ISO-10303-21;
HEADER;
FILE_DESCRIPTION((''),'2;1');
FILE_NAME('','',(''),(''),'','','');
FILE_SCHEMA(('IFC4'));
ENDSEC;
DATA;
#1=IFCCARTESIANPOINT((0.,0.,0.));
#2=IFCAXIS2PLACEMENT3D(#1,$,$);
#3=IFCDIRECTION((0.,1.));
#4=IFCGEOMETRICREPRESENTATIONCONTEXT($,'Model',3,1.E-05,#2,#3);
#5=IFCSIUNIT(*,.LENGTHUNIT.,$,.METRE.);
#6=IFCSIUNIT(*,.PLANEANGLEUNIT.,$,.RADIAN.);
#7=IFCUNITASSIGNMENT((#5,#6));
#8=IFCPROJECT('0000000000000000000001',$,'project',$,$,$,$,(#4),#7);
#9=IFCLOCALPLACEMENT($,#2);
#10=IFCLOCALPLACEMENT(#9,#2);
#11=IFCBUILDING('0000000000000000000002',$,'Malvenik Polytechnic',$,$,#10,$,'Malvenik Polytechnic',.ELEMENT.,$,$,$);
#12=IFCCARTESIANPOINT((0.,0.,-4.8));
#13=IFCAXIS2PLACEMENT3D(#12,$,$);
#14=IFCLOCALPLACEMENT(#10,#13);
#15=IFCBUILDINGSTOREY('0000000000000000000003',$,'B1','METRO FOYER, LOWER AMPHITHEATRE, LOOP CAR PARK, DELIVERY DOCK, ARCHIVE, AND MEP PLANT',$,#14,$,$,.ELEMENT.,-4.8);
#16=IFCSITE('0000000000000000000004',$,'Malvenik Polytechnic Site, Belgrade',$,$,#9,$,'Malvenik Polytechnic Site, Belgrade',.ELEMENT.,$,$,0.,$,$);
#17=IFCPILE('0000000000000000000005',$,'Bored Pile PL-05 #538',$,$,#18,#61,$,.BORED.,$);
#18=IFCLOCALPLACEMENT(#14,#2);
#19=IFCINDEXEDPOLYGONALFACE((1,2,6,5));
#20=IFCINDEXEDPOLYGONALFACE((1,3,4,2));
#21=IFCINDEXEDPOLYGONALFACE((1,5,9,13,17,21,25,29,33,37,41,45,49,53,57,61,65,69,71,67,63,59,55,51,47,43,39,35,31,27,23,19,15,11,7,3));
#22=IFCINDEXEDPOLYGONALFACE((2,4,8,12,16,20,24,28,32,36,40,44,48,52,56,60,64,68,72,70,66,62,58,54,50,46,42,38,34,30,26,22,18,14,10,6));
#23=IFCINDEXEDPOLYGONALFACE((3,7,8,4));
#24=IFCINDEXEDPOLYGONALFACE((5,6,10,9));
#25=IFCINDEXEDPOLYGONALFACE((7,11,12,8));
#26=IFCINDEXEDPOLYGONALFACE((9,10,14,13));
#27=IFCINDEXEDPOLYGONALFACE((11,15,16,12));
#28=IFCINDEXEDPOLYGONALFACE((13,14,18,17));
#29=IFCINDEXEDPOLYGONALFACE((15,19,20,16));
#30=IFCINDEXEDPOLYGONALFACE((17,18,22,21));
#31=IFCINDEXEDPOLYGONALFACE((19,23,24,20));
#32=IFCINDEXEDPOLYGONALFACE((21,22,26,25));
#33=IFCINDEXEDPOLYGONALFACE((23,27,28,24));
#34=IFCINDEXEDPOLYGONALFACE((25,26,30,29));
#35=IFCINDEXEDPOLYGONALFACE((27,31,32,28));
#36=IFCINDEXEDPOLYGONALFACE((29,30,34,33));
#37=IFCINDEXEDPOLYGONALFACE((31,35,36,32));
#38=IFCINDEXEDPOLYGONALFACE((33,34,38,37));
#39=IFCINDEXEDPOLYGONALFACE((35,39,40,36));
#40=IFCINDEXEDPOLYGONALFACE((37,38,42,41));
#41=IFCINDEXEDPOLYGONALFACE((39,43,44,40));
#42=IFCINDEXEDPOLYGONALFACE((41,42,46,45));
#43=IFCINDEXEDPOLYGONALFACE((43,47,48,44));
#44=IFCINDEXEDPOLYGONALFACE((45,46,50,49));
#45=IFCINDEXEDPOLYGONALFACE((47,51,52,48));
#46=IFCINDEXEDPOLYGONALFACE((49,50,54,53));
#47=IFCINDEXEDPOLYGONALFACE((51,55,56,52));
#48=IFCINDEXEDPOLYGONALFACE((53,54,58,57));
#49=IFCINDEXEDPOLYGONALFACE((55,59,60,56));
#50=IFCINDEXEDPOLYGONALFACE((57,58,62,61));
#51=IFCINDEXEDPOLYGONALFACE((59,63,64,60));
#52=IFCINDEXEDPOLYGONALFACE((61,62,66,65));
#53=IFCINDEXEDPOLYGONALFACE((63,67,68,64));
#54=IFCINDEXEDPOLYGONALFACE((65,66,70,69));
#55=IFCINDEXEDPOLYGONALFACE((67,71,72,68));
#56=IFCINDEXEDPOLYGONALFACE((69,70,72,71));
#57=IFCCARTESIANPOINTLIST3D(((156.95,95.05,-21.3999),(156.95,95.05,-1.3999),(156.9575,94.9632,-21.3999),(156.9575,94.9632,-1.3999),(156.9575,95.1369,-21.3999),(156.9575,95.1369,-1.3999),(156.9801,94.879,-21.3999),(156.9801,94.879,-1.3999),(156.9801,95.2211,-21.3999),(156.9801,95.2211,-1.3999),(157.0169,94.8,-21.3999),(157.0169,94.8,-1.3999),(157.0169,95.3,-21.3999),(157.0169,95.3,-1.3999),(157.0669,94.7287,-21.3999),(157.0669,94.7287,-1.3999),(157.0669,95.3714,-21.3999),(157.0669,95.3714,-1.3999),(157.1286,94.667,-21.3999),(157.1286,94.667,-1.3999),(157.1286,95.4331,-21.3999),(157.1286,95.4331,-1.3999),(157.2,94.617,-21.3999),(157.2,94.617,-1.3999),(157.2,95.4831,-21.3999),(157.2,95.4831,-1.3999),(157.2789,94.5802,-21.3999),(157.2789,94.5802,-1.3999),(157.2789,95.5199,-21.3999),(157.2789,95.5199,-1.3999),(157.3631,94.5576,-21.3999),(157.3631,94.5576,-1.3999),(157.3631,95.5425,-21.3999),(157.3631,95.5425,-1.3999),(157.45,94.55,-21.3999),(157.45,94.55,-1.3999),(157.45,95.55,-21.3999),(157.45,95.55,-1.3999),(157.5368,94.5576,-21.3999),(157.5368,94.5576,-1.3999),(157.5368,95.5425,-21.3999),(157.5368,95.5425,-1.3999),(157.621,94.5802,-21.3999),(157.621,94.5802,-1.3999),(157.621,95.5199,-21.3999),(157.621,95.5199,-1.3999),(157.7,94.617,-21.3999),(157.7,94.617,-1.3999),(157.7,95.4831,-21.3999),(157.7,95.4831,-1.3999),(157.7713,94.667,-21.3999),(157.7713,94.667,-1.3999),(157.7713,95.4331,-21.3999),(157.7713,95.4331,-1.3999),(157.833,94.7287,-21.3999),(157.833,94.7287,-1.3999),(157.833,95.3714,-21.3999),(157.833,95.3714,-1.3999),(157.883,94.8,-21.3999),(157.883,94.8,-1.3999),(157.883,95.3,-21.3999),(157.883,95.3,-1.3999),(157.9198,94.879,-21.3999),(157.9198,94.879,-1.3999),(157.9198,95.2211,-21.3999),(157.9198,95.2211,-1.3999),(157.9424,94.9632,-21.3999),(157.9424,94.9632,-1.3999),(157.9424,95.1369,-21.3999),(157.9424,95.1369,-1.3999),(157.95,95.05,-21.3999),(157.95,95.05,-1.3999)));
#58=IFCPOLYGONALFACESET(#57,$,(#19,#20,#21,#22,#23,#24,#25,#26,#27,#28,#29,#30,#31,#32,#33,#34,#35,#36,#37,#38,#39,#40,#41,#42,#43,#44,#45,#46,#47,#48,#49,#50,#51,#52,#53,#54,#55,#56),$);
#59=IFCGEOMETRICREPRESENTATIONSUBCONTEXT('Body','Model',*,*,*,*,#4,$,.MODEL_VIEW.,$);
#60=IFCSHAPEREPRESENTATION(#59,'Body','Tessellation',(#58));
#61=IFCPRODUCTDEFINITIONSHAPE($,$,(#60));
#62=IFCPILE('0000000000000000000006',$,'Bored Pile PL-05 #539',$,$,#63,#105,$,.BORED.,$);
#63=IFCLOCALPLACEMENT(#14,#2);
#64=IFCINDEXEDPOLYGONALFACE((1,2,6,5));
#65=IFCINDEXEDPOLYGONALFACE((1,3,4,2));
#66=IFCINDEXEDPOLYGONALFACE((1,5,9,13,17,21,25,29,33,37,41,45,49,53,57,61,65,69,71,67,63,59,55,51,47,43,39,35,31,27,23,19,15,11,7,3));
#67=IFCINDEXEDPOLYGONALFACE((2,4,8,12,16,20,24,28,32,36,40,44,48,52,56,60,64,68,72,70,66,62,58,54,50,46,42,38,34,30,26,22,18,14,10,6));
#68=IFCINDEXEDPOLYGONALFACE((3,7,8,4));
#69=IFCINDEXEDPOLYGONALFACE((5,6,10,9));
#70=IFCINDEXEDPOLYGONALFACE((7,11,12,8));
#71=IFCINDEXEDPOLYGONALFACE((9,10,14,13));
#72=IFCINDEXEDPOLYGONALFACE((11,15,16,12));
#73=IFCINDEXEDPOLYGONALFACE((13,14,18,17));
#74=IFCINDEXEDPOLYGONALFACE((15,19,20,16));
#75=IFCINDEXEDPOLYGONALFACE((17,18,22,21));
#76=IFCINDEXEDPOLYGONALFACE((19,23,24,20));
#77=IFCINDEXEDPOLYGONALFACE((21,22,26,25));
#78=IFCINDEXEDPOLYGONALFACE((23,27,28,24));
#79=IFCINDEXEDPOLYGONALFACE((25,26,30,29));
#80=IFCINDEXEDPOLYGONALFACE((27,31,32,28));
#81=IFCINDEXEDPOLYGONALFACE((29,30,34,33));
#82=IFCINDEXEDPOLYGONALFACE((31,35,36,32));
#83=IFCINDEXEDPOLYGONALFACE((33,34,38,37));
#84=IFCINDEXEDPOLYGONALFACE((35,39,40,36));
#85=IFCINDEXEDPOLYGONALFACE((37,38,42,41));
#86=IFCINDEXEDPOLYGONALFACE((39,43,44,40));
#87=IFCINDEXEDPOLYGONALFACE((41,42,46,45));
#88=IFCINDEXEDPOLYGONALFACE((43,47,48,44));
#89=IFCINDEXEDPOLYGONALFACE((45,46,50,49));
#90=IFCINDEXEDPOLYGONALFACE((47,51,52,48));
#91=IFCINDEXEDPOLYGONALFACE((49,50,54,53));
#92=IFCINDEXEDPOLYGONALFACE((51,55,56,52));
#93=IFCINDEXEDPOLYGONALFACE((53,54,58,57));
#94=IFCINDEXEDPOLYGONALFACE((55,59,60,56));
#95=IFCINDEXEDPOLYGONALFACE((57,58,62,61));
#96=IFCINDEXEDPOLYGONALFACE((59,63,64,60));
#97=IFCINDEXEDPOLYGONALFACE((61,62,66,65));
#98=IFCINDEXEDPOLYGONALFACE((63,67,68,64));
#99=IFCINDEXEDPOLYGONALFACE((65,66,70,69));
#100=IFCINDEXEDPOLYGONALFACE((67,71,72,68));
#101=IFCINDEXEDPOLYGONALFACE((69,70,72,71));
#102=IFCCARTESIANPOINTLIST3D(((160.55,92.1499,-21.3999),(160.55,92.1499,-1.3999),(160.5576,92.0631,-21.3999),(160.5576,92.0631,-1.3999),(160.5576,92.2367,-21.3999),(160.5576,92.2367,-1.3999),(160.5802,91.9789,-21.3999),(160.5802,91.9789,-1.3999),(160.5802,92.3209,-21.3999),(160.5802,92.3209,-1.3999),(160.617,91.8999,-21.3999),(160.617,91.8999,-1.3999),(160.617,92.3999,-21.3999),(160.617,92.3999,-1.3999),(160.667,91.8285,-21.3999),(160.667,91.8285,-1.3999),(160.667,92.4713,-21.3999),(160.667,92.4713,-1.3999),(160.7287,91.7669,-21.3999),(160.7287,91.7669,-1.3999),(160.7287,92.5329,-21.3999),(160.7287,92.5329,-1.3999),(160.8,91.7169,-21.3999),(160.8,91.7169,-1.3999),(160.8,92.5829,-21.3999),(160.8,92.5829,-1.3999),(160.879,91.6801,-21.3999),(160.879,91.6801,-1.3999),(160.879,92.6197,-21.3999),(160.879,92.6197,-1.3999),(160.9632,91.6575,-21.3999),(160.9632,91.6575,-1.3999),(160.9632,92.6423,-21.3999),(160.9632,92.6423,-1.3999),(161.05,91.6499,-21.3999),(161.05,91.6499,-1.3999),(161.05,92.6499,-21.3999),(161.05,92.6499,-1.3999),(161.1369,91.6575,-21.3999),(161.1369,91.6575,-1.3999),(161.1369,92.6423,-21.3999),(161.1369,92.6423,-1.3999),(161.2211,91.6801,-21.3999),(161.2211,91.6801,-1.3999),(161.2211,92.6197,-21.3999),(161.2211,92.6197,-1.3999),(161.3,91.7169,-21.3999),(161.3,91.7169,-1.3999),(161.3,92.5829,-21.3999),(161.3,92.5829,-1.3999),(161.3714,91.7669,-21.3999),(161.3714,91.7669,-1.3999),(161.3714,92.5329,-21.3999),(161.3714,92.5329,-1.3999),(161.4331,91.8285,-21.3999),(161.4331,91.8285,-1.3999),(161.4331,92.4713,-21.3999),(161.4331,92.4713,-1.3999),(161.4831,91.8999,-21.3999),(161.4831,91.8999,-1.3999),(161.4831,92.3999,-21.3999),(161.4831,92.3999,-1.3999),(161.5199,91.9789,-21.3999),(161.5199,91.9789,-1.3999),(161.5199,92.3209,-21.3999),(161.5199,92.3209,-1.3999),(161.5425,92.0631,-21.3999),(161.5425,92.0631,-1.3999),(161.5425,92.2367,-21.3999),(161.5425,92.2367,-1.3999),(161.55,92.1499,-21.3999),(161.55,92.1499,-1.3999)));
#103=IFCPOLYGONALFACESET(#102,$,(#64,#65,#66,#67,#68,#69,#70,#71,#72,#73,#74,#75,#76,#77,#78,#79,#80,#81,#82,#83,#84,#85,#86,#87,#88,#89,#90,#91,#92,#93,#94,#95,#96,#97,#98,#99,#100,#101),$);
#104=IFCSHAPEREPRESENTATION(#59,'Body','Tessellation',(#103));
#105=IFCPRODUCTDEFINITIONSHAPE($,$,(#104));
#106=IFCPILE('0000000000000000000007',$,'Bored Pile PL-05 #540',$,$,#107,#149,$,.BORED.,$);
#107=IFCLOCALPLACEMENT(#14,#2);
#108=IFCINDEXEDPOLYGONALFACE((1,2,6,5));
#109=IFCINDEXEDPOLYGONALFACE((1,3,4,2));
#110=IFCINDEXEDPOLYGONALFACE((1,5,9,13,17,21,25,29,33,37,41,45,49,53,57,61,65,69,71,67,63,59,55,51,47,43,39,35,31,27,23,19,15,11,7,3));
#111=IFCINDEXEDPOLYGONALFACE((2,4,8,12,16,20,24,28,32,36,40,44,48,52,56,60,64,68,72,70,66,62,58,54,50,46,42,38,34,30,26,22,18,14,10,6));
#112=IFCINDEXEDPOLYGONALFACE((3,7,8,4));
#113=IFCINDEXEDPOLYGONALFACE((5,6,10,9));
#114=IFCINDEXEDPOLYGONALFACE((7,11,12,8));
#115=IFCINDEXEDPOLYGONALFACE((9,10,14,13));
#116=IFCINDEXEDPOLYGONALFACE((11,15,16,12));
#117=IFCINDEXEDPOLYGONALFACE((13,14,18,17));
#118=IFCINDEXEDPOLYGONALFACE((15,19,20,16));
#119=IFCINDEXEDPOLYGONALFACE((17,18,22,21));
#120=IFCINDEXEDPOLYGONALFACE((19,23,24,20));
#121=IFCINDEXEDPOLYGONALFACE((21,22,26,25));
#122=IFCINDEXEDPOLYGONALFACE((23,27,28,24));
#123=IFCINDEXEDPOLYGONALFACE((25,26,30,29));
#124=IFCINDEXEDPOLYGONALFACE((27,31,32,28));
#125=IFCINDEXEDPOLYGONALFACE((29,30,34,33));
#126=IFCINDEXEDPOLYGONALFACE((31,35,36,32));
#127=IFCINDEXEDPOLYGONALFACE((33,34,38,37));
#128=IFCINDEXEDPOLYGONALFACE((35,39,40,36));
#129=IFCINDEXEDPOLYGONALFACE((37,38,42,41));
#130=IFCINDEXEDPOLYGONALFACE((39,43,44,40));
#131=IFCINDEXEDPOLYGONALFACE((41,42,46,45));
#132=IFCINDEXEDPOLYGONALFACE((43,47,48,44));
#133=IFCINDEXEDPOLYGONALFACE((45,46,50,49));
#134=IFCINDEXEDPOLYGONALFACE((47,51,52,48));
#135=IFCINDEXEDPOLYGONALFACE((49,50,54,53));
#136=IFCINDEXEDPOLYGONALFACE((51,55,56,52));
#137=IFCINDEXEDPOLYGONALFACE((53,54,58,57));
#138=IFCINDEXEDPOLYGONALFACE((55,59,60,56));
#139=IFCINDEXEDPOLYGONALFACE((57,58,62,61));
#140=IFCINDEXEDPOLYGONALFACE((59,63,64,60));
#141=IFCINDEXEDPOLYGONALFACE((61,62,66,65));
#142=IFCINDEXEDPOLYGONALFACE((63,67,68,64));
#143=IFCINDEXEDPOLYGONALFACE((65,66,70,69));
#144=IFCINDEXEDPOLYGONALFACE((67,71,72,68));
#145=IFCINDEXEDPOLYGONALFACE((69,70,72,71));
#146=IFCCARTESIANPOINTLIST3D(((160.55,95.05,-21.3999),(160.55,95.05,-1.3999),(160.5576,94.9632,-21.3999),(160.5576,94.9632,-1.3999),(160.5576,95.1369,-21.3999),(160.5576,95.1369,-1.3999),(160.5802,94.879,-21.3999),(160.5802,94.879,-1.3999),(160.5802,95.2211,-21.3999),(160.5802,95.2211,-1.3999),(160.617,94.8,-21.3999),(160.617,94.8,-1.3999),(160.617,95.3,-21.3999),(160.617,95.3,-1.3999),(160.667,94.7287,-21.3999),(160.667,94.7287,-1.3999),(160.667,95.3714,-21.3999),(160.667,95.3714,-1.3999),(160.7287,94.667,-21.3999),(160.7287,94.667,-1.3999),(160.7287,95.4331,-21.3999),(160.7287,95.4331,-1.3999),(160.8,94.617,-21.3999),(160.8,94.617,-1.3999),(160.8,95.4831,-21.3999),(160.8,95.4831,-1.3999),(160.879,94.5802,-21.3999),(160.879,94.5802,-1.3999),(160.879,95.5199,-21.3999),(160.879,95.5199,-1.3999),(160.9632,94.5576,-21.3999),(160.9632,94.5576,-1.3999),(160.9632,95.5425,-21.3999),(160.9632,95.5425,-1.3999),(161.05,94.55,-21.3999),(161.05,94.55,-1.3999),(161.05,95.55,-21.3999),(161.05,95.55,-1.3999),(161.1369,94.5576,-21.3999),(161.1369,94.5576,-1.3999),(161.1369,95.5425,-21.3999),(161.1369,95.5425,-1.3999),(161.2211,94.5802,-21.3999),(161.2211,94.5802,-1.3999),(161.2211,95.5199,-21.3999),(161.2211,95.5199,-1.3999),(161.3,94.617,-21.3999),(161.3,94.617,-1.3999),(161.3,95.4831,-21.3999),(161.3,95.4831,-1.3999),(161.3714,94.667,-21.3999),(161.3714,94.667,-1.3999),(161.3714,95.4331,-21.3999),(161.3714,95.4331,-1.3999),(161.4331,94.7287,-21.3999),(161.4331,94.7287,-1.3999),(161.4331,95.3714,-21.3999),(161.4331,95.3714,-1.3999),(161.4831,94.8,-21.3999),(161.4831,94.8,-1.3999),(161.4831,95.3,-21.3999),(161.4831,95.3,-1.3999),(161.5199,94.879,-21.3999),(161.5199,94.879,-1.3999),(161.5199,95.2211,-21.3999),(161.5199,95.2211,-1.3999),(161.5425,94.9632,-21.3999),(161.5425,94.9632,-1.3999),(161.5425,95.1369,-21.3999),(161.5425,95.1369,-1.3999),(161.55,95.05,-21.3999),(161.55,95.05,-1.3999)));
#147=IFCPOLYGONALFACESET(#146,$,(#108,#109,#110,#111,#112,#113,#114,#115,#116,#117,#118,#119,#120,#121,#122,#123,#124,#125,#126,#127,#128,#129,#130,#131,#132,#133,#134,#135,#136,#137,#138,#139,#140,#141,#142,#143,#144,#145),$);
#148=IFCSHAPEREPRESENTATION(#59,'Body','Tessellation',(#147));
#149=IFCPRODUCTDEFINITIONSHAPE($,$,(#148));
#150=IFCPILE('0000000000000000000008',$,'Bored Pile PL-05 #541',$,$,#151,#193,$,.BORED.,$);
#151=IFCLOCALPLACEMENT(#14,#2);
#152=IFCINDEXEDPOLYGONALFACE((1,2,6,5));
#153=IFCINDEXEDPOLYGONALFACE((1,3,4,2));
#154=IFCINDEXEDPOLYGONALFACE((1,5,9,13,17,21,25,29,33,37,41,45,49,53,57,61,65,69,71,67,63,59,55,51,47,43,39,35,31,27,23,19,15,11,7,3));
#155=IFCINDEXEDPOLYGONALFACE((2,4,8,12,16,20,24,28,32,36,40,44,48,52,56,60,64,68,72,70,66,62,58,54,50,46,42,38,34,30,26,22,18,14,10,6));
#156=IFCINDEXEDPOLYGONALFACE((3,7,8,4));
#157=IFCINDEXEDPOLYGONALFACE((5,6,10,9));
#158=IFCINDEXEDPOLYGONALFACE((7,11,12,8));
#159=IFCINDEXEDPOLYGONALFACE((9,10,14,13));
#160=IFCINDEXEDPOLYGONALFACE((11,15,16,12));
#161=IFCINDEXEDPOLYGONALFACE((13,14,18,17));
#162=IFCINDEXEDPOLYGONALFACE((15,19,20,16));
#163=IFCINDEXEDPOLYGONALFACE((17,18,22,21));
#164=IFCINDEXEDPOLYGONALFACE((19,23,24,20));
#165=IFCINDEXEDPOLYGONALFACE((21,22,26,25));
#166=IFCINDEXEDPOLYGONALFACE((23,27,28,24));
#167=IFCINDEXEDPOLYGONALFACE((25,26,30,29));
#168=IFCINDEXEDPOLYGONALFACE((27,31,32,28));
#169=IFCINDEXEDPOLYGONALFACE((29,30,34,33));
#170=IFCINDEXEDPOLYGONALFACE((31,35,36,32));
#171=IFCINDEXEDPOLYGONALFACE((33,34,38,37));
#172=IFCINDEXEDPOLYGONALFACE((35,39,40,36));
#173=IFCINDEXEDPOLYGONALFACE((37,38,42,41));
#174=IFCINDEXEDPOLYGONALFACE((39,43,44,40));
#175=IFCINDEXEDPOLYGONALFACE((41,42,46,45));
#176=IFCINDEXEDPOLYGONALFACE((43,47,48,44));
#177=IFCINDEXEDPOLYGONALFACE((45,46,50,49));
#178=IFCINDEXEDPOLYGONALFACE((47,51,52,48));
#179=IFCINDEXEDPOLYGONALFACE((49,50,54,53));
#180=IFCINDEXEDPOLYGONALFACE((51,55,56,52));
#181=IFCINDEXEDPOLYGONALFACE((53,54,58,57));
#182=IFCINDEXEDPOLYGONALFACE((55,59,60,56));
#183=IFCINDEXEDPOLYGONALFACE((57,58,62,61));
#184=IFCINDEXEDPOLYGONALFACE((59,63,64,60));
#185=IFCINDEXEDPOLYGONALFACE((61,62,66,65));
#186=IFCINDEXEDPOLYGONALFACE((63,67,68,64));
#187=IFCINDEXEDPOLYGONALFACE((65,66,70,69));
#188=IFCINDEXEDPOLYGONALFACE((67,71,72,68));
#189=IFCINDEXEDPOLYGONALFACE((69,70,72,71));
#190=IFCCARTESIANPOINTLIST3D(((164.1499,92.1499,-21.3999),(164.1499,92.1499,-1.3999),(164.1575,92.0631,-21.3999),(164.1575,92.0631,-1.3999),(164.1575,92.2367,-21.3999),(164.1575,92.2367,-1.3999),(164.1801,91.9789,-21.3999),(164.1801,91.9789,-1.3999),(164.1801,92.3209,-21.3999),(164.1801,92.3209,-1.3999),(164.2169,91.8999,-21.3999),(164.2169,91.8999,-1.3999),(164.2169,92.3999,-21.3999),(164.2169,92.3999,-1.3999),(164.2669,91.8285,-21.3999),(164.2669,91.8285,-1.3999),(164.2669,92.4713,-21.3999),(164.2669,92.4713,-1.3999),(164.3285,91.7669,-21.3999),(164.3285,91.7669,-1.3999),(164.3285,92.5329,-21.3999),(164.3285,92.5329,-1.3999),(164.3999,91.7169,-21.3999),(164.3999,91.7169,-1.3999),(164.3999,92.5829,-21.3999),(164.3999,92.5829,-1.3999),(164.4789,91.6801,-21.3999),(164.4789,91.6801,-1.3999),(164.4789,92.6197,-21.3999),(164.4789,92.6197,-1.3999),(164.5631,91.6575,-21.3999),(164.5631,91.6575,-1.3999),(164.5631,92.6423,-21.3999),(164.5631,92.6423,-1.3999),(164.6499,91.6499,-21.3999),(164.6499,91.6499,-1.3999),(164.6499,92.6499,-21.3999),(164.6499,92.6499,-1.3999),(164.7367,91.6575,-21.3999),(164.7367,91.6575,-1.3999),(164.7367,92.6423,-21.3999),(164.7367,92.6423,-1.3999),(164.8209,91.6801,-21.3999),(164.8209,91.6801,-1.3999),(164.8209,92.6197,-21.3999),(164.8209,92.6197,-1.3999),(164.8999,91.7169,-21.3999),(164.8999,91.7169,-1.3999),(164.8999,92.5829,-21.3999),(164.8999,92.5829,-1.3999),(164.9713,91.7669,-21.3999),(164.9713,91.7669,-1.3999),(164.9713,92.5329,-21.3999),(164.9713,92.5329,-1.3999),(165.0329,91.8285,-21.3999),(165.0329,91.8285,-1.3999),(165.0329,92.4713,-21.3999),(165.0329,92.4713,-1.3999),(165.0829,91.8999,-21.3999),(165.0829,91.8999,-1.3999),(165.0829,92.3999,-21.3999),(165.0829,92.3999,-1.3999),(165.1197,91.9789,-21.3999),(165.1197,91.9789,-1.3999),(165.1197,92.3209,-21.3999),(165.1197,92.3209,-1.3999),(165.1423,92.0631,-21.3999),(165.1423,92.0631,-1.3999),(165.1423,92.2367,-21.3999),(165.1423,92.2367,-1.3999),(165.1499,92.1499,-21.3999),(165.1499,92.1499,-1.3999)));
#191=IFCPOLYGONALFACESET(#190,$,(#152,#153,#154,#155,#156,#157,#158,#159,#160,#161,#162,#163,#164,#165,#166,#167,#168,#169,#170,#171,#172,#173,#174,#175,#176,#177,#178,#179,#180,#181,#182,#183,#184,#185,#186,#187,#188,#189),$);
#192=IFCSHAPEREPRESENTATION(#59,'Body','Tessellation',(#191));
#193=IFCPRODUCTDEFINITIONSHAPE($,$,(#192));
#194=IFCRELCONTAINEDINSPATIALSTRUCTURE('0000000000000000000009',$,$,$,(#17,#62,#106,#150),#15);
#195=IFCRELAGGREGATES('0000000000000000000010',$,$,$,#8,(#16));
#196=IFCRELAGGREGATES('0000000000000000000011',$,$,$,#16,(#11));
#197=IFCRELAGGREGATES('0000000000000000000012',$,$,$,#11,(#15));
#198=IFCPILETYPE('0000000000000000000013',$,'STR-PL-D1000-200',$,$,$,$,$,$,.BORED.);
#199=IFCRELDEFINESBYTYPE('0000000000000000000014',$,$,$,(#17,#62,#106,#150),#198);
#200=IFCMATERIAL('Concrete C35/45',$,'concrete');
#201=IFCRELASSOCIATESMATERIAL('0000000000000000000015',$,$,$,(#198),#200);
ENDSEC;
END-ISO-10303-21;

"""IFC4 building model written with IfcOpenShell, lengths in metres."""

from ifc_helpers import new_model, si_unit, direction, frame, origin, origin_2d, place, context, subcontext, project, spatial, circle, extrude, material, material_profile, profile_set, type_object, element, save


model = new_model("IFC4")

# Units and contexts
model_context = context("Model", 3, precision=1e-05, world=origin(), true_north=direction((0.0, 1.0)))
body_context = subcontext(model_context, "Body", "Model", "MODEL_VIEW")
ifc_project = project(units=[si_unit("LENGTHUNIT", "METRE"), si_unit("PLANEANGLEUNIT", "RADIAN")], contexts=[model_context])

# Site, building, storey
site_placement = place(None, origin())
site = spatial("IfcSite", under=ifc_project, at=site_placement, Name="Malvenik Polytechnic Site, Belgrade", LongName="Malvenik Polytechnic Site, Belgrade", CompositionType="ELEMENT", RefElevation=0.0)
building_placement = place(site_placement, origin())
building = spatial("IfcBuilding", under=site, at=building_placement, Name="Malvenik Polytechnic", LongName="Malvenik Polytechnic", CompositionType="ELEMENT")
storey_placement = place(building_placement, frame((0.0, 0.0, -4.8)))
storey = spatial("IfcBuildingStorey", under=building, at=storey_placement, Name="B1", Description="METRO FOYER, LOWER AMPHITHEATRE, LOOP CAR PARK, DELIVERY DOCK, ARCHIVE, AND MEP PLANT", CompositionType="ELEMENT", Elevation=-4.8)

# Shared definitions
ifc_material_1 = material(Name="Concrete C35/45", Category="concrete")

# Piles
ifc_material_profile_1 = material_profile(ifc_material_1, circle(Radius=0.5, at=origin_2d()), Name="BORED PILE D1000")
ifc_profile_set_1 = profile_set([ifc_material_profile_1], Name="Concrete C35/45")
pile_type = type_object("IfcPileType", Name="STR-PL-D1000-200", PredefinedType="BORED", material=ifc_profile_set_1)
for number, where, z_axis, x_axis, name in (
    (1, (157.45, 95.05, -1.3999), (0.0, 0.0, -1.0), (1.0, 0.0, 0.0), "Bored Pile PL-05 #538"),
    (2, (161.05, 92.1499, -1.3999), (0.0, 0.0, -1.0), (1.0, 0.0, 0.0), "Bored Pile PL-05 #539"),
    (3, (161.05, 95.05, -1.3999), (0.0, 0.0, -1.0), (1.0, 0.0, 0.0), "Bored Pile PL-05 #540"),
    (4, (164.6499, 92.1499, -1.3999), (0.0, 0.0, -1.0), (1.0, 0.0, 0.0), "Bored Pile PL-05 #541"),
):
    element("IfcPile", number, at=place(storey_placement, frame(where, z_axis=z_axis, x_axis=x_axis)), inside=storey, type_object=pile_type, Name=name, PredefinedType="BORED", context=body_context, shape_type="SweptSolid", body=[
        extrude(circle(Radius=0.5, at=origin_2d()), origin(), (0.0, 0.0, 1.0), 20.0),
    ])

save(model, "model.ifc")
